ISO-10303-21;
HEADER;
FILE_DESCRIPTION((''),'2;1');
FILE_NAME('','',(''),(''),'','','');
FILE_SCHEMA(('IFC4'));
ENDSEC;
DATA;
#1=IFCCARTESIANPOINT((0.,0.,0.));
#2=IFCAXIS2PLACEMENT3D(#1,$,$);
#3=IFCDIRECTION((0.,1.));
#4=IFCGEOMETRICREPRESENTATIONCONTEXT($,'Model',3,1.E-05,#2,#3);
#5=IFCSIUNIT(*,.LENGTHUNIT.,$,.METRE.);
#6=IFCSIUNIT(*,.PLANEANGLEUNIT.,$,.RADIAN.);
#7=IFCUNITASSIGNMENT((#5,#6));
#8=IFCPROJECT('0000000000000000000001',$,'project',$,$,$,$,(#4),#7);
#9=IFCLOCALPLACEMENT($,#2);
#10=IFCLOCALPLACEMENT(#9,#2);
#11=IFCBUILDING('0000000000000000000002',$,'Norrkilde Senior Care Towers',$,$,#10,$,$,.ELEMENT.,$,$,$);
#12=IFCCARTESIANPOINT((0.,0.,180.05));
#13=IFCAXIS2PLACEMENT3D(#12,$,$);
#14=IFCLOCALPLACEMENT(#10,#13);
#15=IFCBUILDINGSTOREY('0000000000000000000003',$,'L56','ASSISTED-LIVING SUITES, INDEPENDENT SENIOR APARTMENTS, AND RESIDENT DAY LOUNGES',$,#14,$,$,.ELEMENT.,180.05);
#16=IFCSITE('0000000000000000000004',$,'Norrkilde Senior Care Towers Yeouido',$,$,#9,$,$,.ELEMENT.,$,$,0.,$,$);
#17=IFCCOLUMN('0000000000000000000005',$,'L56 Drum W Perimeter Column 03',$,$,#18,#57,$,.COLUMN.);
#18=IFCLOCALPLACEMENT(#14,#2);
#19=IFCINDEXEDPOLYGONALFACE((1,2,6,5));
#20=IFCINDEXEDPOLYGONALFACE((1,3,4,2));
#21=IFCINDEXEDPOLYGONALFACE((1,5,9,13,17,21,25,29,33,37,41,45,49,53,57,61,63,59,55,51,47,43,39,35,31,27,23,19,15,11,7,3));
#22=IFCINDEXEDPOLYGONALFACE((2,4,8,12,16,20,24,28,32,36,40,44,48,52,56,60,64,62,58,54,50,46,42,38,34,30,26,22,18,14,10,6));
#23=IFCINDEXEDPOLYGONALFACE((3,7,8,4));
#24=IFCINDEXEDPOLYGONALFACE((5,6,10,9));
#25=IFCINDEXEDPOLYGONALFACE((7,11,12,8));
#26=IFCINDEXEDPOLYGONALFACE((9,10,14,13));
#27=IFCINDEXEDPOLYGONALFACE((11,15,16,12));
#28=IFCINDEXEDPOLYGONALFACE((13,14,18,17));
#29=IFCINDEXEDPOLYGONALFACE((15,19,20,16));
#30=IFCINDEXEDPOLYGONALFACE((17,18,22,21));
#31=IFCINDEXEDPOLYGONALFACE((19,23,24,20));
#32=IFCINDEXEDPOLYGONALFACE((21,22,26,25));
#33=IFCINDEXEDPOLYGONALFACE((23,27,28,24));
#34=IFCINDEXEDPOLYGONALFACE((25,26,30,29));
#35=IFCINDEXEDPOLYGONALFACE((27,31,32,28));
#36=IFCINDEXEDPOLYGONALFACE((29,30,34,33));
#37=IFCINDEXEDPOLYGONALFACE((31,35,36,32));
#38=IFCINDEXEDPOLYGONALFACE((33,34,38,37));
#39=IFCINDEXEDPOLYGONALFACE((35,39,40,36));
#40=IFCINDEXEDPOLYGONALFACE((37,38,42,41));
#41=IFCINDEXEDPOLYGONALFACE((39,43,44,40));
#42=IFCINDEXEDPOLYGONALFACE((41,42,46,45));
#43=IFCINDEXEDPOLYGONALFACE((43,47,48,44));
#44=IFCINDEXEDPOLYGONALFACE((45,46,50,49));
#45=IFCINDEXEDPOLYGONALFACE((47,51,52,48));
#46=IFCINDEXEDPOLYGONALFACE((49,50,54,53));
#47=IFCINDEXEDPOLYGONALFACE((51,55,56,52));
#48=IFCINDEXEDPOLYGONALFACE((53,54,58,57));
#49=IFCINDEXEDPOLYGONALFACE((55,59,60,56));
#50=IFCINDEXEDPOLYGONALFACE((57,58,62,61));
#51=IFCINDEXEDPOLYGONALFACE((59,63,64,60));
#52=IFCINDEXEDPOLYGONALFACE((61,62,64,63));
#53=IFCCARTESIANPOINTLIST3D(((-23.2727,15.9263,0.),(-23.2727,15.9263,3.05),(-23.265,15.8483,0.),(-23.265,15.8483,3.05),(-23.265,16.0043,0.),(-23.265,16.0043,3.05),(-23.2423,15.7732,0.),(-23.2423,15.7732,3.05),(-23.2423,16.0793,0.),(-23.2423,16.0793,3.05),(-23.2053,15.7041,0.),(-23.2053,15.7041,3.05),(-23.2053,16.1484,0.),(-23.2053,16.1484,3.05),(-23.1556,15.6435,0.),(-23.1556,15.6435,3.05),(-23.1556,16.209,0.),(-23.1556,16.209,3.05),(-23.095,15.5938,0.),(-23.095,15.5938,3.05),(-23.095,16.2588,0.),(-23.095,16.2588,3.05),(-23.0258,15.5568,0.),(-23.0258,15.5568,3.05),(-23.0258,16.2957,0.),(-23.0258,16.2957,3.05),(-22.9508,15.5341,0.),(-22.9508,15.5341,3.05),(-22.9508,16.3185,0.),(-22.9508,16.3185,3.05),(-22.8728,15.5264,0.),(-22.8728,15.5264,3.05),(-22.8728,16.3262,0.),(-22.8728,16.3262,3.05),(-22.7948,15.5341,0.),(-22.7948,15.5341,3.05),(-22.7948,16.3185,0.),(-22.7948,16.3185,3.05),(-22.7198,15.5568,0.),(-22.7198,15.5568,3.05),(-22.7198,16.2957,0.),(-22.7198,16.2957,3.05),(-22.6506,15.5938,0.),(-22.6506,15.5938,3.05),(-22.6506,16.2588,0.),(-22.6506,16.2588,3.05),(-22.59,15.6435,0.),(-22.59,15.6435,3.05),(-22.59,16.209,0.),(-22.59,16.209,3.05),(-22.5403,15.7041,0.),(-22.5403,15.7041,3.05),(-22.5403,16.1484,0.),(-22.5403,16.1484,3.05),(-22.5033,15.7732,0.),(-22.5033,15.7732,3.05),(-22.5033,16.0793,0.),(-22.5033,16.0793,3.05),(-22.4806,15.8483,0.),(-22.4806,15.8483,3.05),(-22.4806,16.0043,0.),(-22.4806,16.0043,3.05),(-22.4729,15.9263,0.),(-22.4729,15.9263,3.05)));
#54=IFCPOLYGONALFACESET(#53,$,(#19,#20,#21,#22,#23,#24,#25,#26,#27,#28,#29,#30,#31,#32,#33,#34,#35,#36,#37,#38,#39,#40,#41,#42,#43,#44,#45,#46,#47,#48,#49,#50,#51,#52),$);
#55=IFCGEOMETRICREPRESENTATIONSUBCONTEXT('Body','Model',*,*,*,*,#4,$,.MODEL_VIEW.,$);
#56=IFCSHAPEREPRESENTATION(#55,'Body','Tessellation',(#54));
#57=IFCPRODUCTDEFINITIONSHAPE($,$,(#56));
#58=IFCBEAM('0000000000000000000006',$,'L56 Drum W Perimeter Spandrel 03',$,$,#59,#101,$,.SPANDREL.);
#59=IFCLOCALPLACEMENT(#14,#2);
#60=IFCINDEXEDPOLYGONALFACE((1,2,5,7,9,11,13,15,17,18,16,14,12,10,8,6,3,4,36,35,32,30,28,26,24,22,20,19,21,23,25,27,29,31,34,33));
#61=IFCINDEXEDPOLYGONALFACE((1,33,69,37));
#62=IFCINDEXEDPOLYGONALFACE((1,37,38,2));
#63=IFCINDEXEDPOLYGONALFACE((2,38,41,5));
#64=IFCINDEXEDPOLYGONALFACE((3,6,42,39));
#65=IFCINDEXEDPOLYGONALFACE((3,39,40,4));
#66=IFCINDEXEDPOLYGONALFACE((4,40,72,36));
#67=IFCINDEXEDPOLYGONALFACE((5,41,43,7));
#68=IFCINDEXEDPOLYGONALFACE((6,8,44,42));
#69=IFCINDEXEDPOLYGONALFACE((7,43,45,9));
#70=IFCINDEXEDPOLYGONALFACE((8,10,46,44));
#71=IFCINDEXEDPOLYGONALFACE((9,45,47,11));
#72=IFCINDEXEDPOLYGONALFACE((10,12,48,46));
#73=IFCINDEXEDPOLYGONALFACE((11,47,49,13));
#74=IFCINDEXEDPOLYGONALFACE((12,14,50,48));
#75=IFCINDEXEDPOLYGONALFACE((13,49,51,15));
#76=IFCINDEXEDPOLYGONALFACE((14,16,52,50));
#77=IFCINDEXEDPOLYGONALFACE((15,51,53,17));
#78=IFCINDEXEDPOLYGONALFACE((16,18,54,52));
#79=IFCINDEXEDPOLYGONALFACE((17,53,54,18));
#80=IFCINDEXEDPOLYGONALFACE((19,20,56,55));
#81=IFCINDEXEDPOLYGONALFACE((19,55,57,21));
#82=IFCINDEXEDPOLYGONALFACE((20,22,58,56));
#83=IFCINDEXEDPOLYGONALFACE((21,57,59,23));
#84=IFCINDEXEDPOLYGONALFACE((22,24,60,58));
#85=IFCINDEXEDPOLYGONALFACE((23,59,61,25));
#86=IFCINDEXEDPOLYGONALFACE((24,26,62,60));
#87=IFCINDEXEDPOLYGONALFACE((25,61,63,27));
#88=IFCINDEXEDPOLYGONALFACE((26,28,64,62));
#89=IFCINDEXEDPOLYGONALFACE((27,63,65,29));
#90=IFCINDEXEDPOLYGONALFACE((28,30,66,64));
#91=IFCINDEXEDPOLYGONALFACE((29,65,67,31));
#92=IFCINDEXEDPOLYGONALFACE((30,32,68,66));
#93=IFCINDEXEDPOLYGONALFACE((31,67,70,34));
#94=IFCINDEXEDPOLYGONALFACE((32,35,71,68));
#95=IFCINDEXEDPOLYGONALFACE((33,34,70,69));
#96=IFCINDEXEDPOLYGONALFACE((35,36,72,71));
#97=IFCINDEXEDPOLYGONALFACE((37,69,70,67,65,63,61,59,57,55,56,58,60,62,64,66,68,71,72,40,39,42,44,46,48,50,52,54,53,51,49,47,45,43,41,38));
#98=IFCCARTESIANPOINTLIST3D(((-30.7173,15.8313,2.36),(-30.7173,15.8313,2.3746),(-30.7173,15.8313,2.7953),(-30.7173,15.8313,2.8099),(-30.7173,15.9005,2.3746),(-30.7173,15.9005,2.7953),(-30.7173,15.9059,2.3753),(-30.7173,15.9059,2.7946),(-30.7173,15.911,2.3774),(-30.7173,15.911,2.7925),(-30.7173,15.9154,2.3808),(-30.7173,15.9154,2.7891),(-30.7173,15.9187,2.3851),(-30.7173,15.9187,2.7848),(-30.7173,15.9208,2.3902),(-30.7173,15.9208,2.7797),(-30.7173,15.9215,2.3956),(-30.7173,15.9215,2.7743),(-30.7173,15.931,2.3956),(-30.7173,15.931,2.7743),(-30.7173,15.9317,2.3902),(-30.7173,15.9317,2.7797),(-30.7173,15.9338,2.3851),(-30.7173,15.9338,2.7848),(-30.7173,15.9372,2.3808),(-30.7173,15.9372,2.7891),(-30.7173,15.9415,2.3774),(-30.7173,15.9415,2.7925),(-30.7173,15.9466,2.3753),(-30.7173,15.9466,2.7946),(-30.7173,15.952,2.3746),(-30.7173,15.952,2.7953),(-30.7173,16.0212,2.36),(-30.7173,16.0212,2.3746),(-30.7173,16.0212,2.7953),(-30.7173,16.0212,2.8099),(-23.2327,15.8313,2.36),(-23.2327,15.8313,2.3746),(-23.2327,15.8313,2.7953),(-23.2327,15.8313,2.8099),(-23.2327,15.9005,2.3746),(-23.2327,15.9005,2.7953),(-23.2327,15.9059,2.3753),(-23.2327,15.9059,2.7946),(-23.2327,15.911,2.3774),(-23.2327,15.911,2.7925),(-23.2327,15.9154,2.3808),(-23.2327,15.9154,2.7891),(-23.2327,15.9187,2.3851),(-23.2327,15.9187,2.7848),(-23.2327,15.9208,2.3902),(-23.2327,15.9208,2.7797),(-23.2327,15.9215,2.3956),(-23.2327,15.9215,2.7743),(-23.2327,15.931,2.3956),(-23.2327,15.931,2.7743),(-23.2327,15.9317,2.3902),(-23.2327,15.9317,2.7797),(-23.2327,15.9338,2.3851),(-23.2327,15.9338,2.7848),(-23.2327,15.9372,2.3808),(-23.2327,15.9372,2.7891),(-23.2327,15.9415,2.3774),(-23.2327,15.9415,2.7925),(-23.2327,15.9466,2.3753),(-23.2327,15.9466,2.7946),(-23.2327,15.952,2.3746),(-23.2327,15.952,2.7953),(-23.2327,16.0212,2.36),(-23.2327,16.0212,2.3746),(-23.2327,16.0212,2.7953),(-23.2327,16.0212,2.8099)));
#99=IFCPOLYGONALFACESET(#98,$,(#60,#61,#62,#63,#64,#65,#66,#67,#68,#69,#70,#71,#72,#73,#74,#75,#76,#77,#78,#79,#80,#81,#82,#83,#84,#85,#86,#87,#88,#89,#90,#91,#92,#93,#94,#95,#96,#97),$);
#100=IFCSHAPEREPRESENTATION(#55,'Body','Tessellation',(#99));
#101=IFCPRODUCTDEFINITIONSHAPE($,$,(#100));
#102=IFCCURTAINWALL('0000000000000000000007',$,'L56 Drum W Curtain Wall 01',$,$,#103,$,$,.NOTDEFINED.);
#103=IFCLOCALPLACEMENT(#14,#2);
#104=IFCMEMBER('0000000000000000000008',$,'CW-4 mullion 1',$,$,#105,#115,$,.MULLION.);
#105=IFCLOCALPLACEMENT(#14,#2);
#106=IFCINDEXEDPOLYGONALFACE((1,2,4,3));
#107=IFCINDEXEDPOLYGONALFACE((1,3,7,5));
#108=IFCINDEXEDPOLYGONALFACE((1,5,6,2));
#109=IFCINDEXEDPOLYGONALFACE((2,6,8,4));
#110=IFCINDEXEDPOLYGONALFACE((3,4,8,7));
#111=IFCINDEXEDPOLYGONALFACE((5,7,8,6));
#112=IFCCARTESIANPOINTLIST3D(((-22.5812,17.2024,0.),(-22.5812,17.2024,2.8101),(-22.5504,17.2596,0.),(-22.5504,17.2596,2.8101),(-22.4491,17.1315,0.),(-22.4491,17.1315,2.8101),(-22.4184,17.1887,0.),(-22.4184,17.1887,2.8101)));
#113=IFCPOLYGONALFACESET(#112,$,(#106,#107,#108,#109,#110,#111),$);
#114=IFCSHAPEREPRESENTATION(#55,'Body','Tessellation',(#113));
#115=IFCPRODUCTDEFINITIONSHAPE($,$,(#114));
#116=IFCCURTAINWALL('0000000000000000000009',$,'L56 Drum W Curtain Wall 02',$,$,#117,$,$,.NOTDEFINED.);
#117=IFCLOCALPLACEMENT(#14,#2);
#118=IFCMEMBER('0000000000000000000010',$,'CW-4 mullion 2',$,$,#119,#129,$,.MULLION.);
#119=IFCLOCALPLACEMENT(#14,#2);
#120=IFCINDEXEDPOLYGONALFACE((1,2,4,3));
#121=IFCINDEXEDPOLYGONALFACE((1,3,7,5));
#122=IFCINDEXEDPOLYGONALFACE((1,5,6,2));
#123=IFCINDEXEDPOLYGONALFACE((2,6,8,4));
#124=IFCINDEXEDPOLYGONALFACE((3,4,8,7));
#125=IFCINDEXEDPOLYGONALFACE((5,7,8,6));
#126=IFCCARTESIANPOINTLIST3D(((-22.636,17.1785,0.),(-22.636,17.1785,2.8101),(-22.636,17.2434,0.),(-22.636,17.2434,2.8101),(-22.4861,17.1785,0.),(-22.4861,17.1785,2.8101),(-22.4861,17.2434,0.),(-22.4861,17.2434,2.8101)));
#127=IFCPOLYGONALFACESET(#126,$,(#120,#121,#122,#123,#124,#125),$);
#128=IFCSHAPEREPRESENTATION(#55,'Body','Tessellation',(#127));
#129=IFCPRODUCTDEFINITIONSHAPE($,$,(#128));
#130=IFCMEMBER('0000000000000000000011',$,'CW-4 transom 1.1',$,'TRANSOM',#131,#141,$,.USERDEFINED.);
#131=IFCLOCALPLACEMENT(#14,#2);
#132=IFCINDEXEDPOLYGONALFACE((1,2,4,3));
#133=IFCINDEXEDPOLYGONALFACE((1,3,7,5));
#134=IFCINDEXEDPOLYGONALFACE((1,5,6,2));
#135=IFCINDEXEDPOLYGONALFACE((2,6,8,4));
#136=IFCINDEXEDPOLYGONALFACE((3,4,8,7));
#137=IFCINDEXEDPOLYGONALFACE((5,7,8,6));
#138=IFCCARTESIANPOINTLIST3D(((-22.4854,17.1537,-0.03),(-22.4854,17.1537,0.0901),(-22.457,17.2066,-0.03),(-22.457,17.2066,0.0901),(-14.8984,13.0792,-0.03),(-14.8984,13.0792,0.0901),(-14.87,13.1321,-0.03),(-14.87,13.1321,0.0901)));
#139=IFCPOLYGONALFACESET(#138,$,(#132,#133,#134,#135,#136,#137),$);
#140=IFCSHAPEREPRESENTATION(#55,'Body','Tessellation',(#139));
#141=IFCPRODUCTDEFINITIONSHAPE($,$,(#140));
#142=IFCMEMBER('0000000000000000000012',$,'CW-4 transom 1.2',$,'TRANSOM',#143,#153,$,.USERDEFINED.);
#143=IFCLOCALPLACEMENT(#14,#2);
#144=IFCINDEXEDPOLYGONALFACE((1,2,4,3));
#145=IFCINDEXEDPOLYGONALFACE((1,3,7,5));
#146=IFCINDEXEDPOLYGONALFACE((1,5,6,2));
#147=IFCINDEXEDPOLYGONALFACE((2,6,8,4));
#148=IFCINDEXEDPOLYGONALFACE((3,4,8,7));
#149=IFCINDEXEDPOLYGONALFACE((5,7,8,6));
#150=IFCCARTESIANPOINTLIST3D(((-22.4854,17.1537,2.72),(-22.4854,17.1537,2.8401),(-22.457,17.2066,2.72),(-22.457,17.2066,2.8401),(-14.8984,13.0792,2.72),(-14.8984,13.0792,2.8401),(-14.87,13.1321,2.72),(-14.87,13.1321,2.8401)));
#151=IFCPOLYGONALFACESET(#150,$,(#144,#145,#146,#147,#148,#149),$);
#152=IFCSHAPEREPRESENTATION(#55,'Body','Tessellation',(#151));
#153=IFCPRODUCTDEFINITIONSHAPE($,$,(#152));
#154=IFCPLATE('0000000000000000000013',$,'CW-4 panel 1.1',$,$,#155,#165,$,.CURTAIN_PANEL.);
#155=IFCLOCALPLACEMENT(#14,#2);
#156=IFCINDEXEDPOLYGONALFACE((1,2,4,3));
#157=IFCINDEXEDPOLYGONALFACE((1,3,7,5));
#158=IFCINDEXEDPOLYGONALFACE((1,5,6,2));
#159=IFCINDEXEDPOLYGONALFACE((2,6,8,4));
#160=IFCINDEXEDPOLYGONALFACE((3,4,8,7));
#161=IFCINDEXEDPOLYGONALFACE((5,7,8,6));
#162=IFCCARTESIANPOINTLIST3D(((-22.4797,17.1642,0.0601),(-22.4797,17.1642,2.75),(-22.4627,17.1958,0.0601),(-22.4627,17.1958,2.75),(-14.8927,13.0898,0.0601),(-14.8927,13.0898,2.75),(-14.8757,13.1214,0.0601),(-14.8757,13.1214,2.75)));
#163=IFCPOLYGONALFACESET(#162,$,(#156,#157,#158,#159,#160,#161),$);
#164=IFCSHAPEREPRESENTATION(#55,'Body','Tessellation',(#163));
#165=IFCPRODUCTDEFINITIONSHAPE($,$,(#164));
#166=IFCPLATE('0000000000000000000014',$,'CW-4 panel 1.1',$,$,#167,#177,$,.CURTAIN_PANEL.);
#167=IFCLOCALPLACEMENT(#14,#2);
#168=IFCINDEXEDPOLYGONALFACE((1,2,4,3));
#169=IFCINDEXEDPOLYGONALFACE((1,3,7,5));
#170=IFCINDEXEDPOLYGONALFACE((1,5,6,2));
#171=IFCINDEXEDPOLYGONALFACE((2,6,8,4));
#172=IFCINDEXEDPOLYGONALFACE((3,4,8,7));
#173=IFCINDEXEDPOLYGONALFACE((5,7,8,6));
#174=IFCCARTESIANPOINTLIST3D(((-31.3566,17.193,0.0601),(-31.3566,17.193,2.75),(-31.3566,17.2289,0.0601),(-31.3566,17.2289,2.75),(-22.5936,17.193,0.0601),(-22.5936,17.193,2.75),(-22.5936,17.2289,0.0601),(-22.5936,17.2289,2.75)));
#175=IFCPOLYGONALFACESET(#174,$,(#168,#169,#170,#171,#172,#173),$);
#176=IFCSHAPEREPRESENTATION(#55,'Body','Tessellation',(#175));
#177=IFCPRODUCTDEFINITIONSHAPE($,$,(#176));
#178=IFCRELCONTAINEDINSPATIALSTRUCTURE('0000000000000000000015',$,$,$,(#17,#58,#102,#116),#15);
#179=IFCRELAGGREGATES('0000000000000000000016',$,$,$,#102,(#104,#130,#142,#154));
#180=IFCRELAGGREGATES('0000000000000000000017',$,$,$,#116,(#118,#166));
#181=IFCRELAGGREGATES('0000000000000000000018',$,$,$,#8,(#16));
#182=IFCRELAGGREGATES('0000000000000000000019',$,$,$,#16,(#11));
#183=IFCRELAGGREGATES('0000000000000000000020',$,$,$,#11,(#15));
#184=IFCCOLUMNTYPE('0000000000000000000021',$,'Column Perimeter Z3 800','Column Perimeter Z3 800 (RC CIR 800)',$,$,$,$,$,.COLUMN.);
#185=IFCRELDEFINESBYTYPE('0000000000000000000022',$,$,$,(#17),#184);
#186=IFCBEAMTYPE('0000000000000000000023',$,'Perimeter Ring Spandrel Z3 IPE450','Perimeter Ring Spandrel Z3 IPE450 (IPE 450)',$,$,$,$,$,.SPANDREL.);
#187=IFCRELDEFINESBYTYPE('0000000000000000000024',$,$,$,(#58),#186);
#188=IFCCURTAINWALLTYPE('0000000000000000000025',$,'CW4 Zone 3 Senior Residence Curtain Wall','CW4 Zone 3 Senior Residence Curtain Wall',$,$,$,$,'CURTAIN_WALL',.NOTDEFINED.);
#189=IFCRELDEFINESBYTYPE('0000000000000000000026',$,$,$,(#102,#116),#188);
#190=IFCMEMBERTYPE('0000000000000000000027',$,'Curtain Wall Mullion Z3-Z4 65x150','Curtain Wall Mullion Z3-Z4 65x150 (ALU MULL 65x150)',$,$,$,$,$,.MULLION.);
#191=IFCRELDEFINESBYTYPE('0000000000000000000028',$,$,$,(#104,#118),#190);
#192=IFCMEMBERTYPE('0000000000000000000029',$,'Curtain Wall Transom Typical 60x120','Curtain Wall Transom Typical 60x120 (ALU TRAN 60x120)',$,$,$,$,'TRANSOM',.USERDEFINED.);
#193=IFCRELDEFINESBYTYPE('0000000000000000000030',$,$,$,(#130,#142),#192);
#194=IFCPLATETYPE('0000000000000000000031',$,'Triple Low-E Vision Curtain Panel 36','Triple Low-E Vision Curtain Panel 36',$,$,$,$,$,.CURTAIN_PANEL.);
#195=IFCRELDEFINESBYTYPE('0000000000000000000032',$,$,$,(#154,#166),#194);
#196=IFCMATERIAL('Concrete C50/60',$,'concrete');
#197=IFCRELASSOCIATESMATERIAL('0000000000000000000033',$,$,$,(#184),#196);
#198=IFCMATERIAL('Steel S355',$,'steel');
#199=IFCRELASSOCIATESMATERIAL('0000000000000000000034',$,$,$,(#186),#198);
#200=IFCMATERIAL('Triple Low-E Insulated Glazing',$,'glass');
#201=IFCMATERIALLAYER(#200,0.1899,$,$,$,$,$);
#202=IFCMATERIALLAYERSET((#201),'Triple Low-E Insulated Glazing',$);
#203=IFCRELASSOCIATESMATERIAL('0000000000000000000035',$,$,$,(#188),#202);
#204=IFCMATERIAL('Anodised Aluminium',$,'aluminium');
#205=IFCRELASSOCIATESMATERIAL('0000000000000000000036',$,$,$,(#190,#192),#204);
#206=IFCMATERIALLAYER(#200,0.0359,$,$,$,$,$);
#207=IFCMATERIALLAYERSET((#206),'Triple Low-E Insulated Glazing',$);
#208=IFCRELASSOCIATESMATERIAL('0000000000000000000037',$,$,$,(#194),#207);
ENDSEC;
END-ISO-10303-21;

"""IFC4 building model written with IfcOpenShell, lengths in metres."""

from ifc_helpers import new_model, si_unit, direction, frame, origin, origin_2d, place, context, subcontext, project, spatial, rectangle, circle, i_section, extrude, source, transform, mapped, material, layer, layer_set, material_profile, profile_set, type_object, type_shapes, element, aggregate, save


model = new_model("IFC4")

# Units and contexts
model_context = context("Model", 3, precision=1e-05, world=origin(), true_north=direction((0.0, 1.0)))
body_context = subcontext(model_context, "Body", "Model", "MODEL_VIEW")
ifc_project = project(units=[si_unit("LENGTHUNIT", "METRE"), si_unit("PLANEANGLEUNIT", "RADIAN")], contexts=[model_context])

# Site, building, storey
site_placement = place(None, origin())
site = spatial("IfcSite", under=ifc_project, at=site_placement, Name="Norrkilde Senior Care Towers Yeouido", CompositionType="ELEMENT", RefElevation=0.0)
building_placement = place(site_placement, origin())
building = spatial("IfcBuilding", under=site, at=building_placement, Name="Norrkilde Senior Care Towers", CompositionType="ELEMENT")
storey_placement = place(building_placement, frame((0.0, 0.0, 180.05)))
storey = spatial("IfcBuildingStorey", under=building, at=storey_placement, Name="L56", Description="ASSISTED-LIVING SUITES, INDEPENDENT SENIOR APARTMENTS, AND RESIDENT DAY LOUNGES", CompositionType="ELEMENT", Elevation=180.05)

# Column
ifc_material_1 = material(Name="Concrete C50/60", Category="concrete")
ifc_material_profile_1 = material_profile(ifc_material_1, circle(Radius=0.3999, at=origin_2d()), Name="RC CIR 800")
ifc_profile_set_1 = profile_set([ifc_material_profile_1], Name="Concrete C50/60")
column_type = type_object("IfcColumnType", Name="Column Perimeter Z3 800", Description="Column Perimeter Z3 800 (RC CIR 800)", PredefinedType="COLUMN", material=ifc_profile_set_1)
shared_shape_1 = source(origin(), body_context, "Body", "SweptSolid", [
    extrude(circle(Radius=0.3999, at=origin_2d()), origin(), (0.0, 0.0, 1.0), 3.05),
])
type_shapes(column_type, [shared_shape_1])
column_placement = place(storey_placement, frame((-22.8728, 15.9263, 0.0), z_axis=(0.0, 0.0, 1.0), x_axis=(1.0, 0.0, 0.0)))
element("IfcColumn", 1, at=column_placement, inside=storey, type_object=column_type, Name="L56 Drum W Perimeter Column 03", PredefinedType="COLUMN", context=body_context, shape_type="MappedRepresentation", body=[
    mapped(shared_shape_1, transform((0.0, 0.0, 0.0), x_axis=(1.0, 0.0, 0.0), y_axis=(0.0, 1.0, 0.0), z_axis=(0.0, 0.0, 1.0), scale=1.0)),
])

# Beam
ifc_material_2 = material(Name="Steel S355", Category="steel")
ifc_material_profile_2 = material_profile(ifc_material_2, i_section(OverallWidth=0.1899, OverallDepth=0.45, WebThickness=0.0095, FlangeThickness=0.0146, FilletRadius=0.021, at=origin_2d()), Name="IPE 450")
ifc_profile_set_2 = profile_set([ifc_material_profile_2], Name="Steel S355")
beam_type = type_object("IfcBeamType", Name="Perimeter Ring Spandrel Z3 IPE450", Description="Perimeter Ring Spandrel Z3 IPE450 (IPE 450)", PredefinedType="SPANDREL", material=ifc_profile_set_2)
shared_shape_2 = source(origin(), body_context, "Body", "SweptSolid", [
    extrude(i_section(OverallWidth=0.1899, OverallDepth=0.45, WebThickness=0.0095, FlangeThickness=0.0146, FilletRadius=0.021, at=origin_2d()), origin(), (0.0, 0.0, 1.0), 7.4846),
])
type_shapes(beam_type, [shared_shape_2])
beam_placement = place(storey_placement, frame((-23.2327, 15.9263, 2.585), z_axis=(-1.0, 0.0, 0.0), x_axis=(0.0, -1.0, 0.0)))
element("IfcBeam", 2, at=beam_placement, inside=storey, type_object=beam_type, Name="L56 Drum W Perimeter Spandrel 03", PredefinedType="SPANDREL", context=body_context, shape_type="MappedRepresentation", body=[
    mapped(shared_shape_2, transform((0.0, 0.0, 0.0), x_axis=(1.0, 0.0, 0.0), y_axis=(0.0, 1.0, 0.0), z_axis=(0.0, 0.0, 1.0), scale=1.0)),
])

# Curtain walls, members
ifc_material_3 = material(Name="Triple Low-E Insulated Glazing", Category="glass")
ifc_layer_1 = layer(ifc_material_3, 0.1899)
ifc_layer_set_1 = layer_set([ifc_layer_1], Name="Triple Low-E Insulated Glazing")
curtain_wall_type = type_object("IfcCurtainWallType", Name="CW4 Zone 3 Senior Residence Curtain Wall", Description="CW4 Zone 3 Senior Residence Curtain Wall", ElementType="CURTAIN_WALL", PredefinedType="NOTDEFINED", material=ifc_layer_set_1)
curtain_wall_1_placement = place(storey_placement, origin())
curtain_wall_1 = element("IfcCurtainWall", 3, at=curtain_wall_1_placement, inside=storey, type_object=curtain_wall_type, Name="L56 Drum W Curtain Wall 01", PredefinedType="NOTDEFINED")
ifc_material_4 = material(Name="Anodised Aluminium", Category="aluminium")
ifc_material_profile_3 = material_profile(ifc_material_4, rectangle(XDim=0.0649, YDim=0.1499, at=origin_2d()), Name="ALU MULL 65x150")
ifc_profile_set_3 = profile_set([ifc_material_profile_3], Name="Anodised Aluminium")
member_type_1 = type_object("IfcMemberType", Name="Curtain Wall Mullion Z3-Z4 65x150", Description="Curtain Wall Mullion Z3-Z4 65x150 (ALU MULL 65x150)", PredefinedType="MULLION", material=ifc_profile_set_3)
shared_shape_3 = source(origin(), body_context, "Body", "SweptSolid", [
    extrude(rectangle(XDim=0.0649, YDim=0.1499, at=origin_2d()), origin(), (0.0, 0.0, 1.0), 2.8101),
])
type_shapes(member_type_1, [shared_shape_3])
member_1_placement = place(storey_placement, frame((-22.4998, 17.1956, 0.0), z_axis=(0.0, 0.0, 1.0), x_axis=(0.473117, 0.881, 0.0)))
member_1 = element("IfcMember", 4, at=member_1_placement, type_object=member_type_1, Name="CW-4 mullion 1", PredefinedType="MULLION", context=body_context, shape_type="MappedRepresentation", body=[
    mapped(shared_shape_3, transform((0.0, 0.0, 0.0), x_axis=(1.0, 0.0, 0.0), y_axis=(0.0, 1.0, 0.0), z_axis=(0.0, 0.0, 1.0), scale=1.0)),
])
curtain_wall_2_placement = place(storey_placement, origin())
curtain_wall_2 = element("IfcCurtainWall", 5, at=curtain_wall_2_placement, inside=storey, type_object=curtain_wall_type, Name="L56 Drum W Curtain Wall 02", PredefinedType="NOTDEFINED")
member_2_placement = place(storey_placement, frame((-22.561, 17.2109, 0.0), z_axis=(0.0, 0.0, 1.0), x_axis=(0.0, 1.0, 0.0)))
member_2 = element("IfcMember", 6, at=member_2_placement, type_object=member_type_1, Name="CW-4 mullion 2", PredefinedType="MULLION", context=body_context, shape_type="MappedRepresentation", body=[
    mapped(shared_shape_3, transform((0.0, 0.0, 0.0), x_axis=(1.0, 0.0, 0.0), y_axis=(0.0, 1.0, 0.0), z_axis=(0.0, 0.0, 1.0), scale=1.0)),
])

# Members
ifc_material_profile_4 = material_profile(ifc_material_4, rectangle(XDim=0.0601, YDim=0.1201, at=origin_2d()), Name="ALU TRAN 60x120")
ifc_profile_set_4 = profile_set([ifc_material_profile_4], Name="Anodised Aluminium")
member_type_2 = type_object("IfcMemberType", Name="Curtain Wall Transom Typical 60x120", Description="Curtain Wall Transom Typical 60x120 (ALU TRAN 60x120)", ElementType="TRANSOM", PredefinedType="USERDEFINED", material=ifc_profile_set_4)
shared_shape_4 = source(origin(), body_context, "Body", "SweptSolid", [
    extrude(rectangle(XDim=0.0601, YDim=0.1201, at=origin_2d()), origin(), (0.0, 0.0, 1.0), 8.6118),
])
type_shapes(member_type_2, [shared_shape_4])
member_3_placement = place(storey_placement, frame((-22.4712, 17.1802, 0.03), z_axis=(0.880994, -0.473127, 0.0), x_axis=(0.473127, 0.880994, 0.0)))
member_3 = element("IfcMember", 7, at=member_3_placement, type_object=member_type_2, Name="CW-4 transom 1.1", ObjectType="TRANSOM", PredefinedType="USERDEFINED", context=body_context, shape_type="MappedRepresentation", body=[
    mapped(shared_shape_4, transform((0.0, 0.0, 0.0), x_axis=(1.0, 0.0, 0.0), y_axis=(0.0, 1.0, 0.0), z_axis=(0.0, 0.0, 1.0), scale=1.0)),
])
member_4_placement = place(storey_placement, frame((-22.4712, 17.1802, 2.78), z_axis=(0.880994, -0.473127, 0.0), x_axis=(0.473127, 0.880994, 0.0)))
member_4 = element("IfcMember", 8, at=member_4_placement, type_object=member_type_2, Name="CW-4 transom 1.2", ObjectType="TRANSOM", PredefinedType="USERDEFINED", context=body_context, shape_type="MappedRepresentation", body=[
    mapped(shared_shape_4, transform((0.0, 0.0, 0.0), x_axis=(1.0, 0.0, 0.0), y_axis=(0.0, 1.0, 0.0), z_axis=(0.0, 0.0, 1.0), scale=1.0)),
])

# Plates
ifc_layer_2 = layer(ifc_material_3, 0.0359)
ifc_layer_set_2 = layer_set([ifc_layer_2], Name="Triple Low-E Insulated Glazing")
plate_type = type_object("IfcPlateType", Name="Triple Low-E Vision Curtain Panel 36", Description="Triple Low-E Vision Curtain Panel 36", PredefinedType="CURTAIN_PANEL", material=ifc_layer_set_2)
shared_shape_5 = source(origin(), body_context, "Body", "SweptSolid", [
    extrude(rectangle(XDim=8.6118, YDim=0.0359, at=origin_2d()), origin(), (0.0, 0.0, 1.0), 2.6899),
])
plate_1_placement = place(storey_placement, frame((-18.6777, 15.1428, 0.0601), z_axis=(0.0, 0.0, 1.0), x_axis=(0.881, -0.473117, 0.0)))
plate_1 = element("IfcPlate", 9, at=plate_1_placement, type_object=plate_type, Name="CW-4 panel 1.1", PredefinedType="CURTAIN_PANEL", context=body_context, shape_type="MappedRepresentation", body=[
    mapped(shared_shape_5, transform((0.0, 0.0, 0.0), x_axis=(1.0, 0.0, 0.0), y_axis=(0.0, 1.0, 0.0), z_axis=(0.0, 0.0, 1.0), scale=1.0)),
])
aggregate(curtain_wall_1, [member_1, member_3, member_4, plate_1])
shared_shape_6 = source(origin(), body_context, "Body", "SweptSolid", [
    extrude(rectangle(XDim=8.7629, YDim=0.0359, at=origin_2d()), origin(), (0.0, 0.0, 1.0), 2.6899),
])
type_shapes(plate_type, [shared_shape_5, shared_shape_6])
plate_2_placement = place(storey_placement, frame((-26.9751, 17.2109, 0.0601), z_axis=(0.0, 0.0, 1.0), x_axis=(1.0, 0.0, 0.0)))
plate_2 = element("IfcPlate", 10, at=plate_2_placement, type_object=plate_type, Name="CW-4 panel 1.1", PredefinedType="CURTAIN_PANEL", context=body_context, shape_type="MappedRepresentation", body=[
    mapped(shared_shape_6, transform((0.0, 0.0, 0.0), x_axis=(1.0, 0.0, 0.0), y_axis=(0.0, 1.0, 0.0), z_axis=(0.0, 0.0, 1.0), scale=1.0)),
])
aggregate(curtain_wall_2, [member_2, plate_2])

save(model, "model.ifc")
